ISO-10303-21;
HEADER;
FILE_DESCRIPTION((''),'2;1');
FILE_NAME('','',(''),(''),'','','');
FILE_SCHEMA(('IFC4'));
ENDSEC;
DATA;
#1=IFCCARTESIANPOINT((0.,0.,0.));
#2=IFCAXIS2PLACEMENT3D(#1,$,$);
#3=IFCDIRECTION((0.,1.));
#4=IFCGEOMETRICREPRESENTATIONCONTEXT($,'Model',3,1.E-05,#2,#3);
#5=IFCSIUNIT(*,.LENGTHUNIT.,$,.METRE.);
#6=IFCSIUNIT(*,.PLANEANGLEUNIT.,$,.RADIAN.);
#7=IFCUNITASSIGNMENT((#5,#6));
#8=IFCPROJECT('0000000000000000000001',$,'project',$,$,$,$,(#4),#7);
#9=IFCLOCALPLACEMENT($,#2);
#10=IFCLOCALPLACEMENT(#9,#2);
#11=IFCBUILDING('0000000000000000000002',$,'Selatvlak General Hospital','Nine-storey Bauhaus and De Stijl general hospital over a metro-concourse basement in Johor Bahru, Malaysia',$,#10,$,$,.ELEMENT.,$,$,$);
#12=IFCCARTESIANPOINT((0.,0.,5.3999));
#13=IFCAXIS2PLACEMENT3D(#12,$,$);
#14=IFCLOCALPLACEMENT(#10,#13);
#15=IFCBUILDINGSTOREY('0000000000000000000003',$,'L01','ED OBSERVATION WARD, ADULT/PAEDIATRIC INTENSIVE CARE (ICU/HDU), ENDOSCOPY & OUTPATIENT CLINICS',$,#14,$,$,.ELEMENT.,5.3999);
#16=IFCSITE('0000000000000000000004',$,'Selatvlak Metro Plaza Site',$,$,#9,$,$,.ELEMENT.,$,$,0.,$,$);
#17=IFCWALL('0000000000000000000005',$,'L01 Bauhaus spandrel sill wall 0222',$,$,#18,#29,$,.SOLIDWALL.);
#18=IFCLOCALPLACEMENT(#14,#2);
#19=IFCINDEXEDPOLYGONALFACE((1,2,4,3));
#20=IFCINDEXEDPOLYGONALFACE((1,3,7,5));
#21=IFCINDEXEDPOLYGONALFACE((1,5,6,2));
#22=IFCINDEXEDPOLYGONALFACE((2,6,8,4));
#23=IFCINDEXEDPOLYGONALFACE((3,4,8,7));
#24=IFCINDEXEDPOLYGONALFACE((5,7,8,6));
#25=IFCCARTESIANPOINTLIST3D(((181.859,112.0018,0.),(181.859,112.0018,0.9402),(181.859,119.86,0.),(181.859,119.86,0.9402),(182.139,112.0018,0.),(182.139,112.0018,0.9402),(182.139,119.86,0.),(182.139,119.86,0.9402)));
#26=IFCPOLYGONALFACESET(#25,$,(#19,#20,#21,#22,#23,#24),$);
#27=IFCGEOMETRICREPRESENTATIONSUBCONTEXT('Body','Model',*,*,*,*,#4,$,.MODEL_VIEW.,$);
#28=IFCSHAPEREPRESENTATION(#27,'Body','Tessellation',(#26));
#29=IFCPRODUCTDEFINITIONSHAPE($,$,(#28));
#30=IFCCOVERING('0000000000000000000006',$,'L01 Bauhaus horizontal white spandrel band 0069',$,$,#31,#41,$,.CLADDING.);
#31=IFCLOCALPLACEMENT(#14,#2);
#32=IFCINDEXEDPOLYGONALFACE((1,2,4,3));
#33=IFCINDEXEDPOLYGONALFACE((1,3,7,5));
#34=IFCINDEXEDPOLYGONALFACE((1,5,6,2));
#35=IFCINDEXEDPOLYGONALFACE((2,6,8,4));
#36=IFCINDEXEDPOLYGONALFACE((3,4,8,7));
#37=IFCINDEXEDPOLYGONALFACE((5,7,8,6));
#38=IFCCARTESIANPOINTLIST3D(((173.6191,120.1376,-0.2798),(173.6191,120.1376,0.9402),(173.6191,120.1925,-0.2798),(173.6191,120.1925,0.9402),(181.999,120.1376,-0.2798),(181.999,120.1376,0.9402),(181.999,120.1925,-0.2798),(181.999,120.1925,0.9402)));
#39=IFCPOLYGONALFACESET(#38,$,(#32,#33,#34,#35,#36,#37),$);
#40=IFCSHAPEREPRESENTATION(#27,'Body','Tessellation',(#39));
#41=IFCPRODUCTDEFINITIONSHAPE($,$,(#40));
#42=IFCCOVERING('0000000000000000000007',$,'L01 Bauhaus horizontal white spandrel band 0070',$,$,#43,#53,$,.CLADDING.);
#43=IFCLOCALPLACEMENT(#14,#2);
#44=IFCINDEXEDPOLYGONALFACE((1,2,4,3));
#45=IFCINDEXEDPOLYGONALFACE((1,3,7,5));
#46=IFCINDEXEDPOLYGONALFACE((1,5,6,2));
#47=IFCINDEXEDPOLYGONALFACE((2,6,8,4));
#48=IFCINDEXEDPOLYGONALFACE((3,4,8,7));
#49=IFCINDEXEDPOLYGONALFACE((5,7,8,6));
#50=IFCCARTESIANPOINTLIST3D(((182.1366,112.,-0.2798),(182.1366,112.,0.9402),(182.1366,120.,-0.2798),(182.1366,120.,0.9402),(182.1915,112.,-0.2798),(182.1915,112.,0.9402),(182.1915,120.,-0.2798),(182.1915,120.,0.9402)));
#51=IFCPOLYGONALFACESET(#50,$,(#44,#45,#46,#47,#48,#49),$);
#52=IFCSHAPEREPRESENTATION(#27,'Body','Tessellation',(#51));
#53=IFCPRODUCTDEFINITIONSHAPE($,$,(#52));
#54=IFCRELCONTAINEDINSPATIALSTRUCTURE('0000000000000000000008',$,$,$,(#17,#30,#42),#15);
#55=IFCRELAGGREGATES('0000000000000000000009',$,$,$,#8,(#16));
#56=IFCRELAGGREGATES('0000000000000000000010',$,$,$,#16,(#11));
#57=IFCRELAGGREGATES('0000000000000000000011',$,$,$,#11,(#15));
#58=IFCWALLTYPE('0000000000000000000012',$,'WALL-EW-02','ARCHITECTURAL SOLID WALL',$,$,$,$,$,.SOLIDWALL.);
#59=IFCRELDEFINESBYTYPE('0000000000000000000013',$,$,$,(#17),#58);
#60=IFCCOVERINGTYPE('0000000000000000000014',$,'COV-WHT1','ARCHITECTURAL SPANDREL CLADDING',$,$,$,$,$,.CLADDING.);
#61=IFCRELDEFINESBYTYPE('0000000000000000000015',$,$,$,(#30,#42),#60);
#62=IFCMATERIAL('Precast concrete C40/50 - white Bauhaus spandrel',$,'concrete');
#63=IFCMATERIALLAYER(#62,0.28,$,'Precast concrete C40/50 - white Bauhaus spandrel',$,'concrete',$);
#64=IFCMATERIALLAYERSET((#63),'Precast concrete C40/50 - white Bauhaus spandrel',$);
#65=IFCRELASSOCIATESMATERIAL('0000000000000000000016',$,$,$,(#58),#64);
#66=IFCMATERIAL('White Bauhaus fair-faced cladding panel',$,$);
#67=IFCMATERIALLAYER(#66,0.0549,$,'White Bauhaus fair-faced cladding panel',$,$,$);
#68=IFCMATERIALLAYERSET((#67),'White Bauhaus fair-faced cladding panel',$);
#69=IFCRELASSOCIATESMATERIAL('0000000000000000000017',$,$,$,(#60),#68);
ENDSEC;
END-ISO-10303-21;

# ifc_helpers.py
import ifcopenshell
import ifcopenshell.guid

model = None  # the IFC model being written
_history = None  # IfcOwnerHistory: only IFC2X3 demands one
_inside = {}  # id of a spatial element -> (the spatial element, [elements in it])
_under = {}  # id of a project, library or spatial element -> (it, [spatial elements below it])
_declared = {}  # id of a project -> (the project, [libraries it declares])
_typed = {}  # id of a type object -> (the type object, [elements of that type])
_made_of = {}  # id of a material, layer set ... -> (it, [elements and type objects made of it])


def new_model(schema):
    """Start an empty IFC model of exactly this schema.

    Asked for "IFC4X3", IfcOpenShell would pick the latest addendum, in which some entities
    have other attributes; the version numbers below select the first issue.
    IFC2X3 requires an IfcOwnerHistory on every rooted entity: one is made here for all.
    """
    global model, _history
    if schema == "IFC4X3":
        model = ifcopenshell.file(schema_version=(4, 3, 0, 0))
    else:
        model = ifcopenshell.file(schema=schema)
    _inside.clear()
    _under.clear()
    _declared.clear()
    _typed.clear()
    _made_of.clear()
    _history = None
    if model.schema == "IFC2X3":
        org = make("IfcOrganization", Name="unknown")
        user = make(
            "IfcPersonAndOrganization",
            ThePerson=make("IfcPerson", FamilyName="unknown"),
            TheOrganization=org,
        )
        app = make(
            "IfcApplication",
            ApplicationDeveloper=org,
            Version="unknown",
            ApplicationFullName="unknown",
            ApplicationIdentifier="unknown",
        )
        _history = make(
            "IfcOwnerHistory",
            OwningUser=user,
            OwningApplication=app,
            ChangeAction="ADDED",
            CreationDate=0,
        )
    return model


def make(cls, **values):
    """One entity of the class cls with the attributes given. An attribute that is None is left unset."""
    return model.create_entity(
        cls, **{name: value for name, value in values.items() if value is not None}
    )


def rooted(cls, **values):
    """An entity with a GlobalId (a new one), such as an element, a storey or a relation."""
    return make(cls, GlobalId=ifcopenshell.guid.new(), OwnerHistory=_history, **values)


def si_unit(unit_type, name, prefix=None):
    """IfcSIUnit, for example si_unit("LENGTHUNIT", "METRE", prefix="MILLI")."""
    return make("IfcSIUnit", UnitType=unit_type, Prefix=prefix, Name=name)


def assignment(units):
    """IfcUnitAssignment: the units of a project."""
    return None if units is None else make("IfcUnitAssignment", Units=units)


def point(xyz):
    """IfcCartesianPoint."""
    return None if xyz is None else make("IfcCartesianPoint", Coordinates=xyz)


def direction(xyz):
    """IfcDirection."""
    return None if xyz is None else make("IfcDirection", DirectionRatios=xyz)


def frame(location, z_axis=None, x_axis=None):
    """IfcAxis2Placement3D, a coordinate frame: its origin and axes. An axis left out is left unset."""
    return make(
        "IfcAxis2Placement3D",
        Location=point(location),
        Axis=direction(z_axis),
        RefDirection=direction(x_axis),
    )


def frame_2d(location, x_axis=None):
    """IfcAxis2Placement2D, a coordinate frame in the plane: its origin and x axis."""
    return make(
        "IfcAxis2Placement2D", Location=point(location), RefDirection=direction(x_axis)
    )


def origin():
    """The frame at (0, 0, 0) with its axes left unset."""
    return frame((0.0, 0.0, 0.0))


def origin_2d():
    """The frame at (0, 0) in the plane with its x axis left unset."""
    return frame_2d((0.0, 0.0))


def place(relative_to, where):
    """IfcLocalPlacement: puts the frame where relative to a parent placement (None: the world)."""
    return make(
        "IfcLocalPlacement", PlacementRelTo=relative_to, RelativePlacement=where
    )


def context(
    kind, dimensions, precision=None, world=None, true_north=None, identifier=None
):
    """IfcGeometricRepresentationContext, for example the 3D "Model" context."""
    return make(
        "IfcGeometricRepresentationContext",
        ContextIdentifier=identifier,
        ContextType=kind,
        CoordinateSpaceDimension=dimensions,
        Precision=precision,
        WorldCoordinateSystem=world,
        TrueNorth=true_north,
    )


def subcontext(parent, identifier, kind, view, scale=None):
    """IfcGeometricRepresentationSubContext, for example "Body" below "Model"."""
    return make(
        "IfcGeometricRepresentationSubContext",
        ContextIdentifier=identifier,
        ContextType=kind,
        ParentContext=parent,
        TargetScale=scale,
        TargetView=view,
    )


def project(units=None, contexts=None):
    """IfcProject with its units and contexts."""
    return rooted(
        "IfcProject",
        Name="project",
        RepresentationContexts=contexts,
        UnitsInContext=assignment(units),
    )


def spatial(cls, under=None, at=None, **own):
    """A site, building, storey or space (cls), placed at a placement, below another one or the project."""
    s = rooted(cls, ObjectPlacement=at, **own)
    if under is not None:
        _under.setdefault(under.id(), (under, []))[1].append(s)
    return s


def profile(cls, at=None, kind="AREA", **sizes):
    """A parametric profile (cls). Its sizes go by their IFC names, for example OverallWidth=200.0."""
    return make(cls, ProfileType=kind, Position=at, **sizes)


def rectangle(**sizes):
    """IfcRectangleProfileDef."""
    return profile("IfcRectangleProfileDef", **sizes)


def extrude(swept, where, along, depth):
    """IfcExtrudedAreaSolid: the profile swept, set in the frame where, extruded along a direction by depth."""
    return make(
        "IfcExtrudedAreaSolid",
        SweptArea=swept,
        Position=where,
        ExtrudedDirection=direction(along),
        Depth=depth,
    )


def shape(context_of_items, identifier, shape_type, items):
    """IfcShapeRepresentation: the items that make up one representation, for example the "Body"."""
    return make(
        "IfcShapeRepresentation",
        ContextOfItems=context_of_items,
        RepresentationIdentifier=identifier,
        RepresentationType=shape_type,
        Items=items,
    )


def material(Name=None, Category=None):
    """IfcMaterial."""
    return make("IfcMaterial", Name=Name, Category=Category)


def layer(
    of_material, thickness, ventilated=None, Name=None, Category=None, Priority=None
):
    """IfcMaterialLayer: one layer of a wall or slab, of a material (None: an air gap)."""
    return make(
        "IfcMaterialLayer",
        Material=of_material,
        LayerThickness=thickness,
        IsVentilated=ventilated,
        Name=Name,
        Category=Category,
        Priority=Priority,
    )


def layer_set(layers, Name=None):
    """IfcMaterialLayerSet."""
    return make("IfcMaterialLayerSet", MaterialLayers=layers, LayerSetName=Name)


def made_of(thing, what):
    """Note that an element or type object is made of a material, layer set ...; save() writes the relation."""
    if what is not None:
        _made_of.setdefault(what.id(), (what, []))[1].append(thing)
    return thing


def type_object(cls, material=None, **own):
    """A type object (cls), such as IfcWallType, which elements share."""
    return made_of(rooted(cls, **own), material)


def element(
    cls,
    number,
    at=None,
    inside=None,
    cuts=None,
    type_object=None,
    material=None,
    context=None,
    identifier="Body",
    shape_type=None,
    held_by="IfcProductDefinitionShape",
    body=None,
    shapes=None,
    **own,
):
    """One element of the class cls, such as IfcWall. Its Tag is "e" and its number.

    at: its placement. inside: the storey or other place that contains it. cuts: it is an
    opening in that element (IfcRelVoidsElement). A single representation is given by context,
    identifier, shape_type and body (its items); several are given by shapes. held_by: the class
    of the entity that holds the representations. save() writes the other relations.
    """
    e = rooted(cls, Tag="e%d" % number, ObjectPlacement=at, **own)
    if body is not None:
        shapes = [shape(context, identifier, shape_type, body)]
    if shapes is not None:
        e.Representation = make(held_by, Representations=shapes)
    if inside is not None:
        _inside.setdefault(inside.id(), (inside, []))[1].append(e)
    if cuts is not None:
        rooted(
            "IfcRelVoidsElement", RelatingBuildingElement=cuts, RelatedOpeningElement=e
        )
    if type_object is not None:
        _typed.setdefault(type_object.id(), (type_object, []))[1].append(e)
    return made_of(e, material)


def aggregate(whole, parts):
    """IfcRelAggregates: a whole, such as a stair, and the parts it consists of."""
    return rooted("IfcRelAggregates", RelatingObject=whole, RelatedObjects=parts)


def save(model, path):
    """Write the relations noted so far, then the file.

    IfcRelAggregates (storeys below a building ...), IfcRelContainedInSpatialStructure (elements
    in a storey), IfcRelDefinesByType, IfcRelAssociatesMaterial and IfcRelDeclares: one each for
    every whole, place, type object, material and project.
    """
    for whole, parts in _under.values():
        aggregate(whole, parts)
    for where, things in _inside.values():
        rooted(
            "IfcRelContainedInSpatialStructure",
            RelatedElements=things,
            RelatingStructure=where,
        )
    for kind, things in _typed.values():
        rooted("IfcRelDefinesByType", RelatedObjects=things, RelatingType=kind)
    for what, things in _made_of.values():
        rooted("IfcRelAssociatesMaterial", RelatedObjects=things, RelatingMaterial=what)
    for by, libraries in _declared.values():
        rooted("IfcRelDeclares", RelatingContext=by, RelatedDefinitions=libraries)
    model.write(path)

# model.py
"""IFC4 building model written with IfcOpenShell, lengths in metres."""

from ifc_helpers import new_model, si_unit, direction, frame, frame_2d, origin, origin_2d, place, context, subcontext, project, spatial, rectangle, extrude, material, layer, layer_set, type_object, element, save


model = new_model("IFC4")

# Units and contexts
model_context = context("Model", 3, precision=1e-05, world=origin(), true_north=direction((0.0, 1.0)))
body_context = subcontext(model_context, "Body", "Model", "MODEL_VIEW")
ifc_project = project(units=[si_unit("LENGTHUNIT", "METRE"), si_unit("PLANEANGLEUNIT", "RADIAN")], contexts=[model_context])

# Site, building, storey
site_placement = place(None, origin())
site = spatial("IfcSite", under=ifc_project, at=site_placement, Name="Selatvlak Metro Plaza Site", CompositionType="ELEMENT", RefElevation=0.0)
building_placement = place(site_placement, origin())
building = spatial("IfcBuilding", under=site, at=building_placement, Name="Selatvlak General Hospital", Description="Nine-storey Bauhaus and De Stijl general hospital over a metro-concourse basement in Johor Bahru, Malaysia", CompositionType="ELEMENT")
storey_placement = place(building_placement, frame((0.0, 0.0, 5.3999)))
storey = spatial("IfcBuildingStorey", under=building, at=storey_placement, Name="L01", Description="ED OBSERVATION WARD, ADULT/PAEDIATRIC INTENSIVE CARE (ICU/HDU), ENDOSCOPY & OUTPATIENT CLINICS", CompositionType="ELEMENT", Elevation=5.3999)

# Wall
ifc_material_1 = material(Name="Precast concrete C40/50 - white Bauhaus spandrel", Category="concrete")
ifc_layer_1 = layer(ifc_material_1, 0.28, Name="Precast concrete C40/50 - white Bauhaus spandrel", Category="concrete")
ifc_layer_set_1 = layer_set([ifc_layer_1], Name="Precast concrete C40/50 - white Bauhaus spandrel")
wall_type = type_object("IfcWallType", Name="WALL-EW-02", Description="ARCHITECTURAL SOLID WALL", PredefinedType="SOLIDWALL", material=ifc_layer_set_1)
wall_placement = place(storey_placement, frame((181.999, 119.8601, 0.0), z_axis=(0.0, 0.0, 1.0), x_axis=(0.0, -1.0, 0.0)))
element("IfcWall", 1, at=wall_placement, inside=storey, type_object=wall_type, Name="L01 Bauhaus spandrel sill wall 0222", PredefinedType="SOLIDWALL", context=body_context, shape_type="SweptSolid", body=[
    extrude(rectangle(XDim=7.8582, YDim=0.28, at=frame_2d((3.9292, 0.0))), origin(), (0.0, 0.0, 1.0), 0.9402),
])

# Coverings
ifc_material_2 = material(Name="White Bauhaus fair-faced cladding panel")
ifc_layer_2 = layer(ifc_material_2, 0.0549, Name="White Bauhaus fair-faced cladding panel")
ifc_layer_set_2 = layer_set([ifc_layer_2], Name="White Bauhaus fair-faced cladding panel")
covering_type = type_object("IfcCoveringType", Name="COV-WHT1", Description="ARCHITECTURAL SPANDREL CLADDING", PredefinedType="CLADDING", material=ifc_layer_set_2)
covering_1_placement = place(storey_placement, frame((177.8091, 120.165, -0.2798), z_axis=(0.0, 0.0, 1.0), x_axis=(1.0, 0.0, 0.0)))
element("IfcCovering", 2, at=covering_1_placement, inside=storey, type_object=covering_type, Name="L01 Bauhaus horizontal white spandrel band 0069", PredefinedType="CLADDING", context=body_context, shape_type="SweptSolid", body=[
    extrude(rectangle(XDim=8.3799, YDim=0.0549, at=origin_2d()), origin(), (0.0, 0.0, 1.0), 1.22),
])
covering_2_placement = place(storey_placement, frame((182.1641, 116.0, -0.2798), z_axis=(0.0, 0.0, 1.0), x_axis=(0.0, -1.0, 0.0)))
element("IfcCovering", 3, at=covering_2_placement, inside=storey, type_object=covering_type, Name="L01 Bauhaus horizontal white spandrel band 0070", PredefinedType="CLADDING", context=body_context, shape_type="SweptSolid", body=[
    extrude(rectangle(XDim=8.0, YDim=0.0549, at=origin_2d()), origin(), (0.0, 0.0, 1.0), 1.22),
])

save(model, "model.ifc")
